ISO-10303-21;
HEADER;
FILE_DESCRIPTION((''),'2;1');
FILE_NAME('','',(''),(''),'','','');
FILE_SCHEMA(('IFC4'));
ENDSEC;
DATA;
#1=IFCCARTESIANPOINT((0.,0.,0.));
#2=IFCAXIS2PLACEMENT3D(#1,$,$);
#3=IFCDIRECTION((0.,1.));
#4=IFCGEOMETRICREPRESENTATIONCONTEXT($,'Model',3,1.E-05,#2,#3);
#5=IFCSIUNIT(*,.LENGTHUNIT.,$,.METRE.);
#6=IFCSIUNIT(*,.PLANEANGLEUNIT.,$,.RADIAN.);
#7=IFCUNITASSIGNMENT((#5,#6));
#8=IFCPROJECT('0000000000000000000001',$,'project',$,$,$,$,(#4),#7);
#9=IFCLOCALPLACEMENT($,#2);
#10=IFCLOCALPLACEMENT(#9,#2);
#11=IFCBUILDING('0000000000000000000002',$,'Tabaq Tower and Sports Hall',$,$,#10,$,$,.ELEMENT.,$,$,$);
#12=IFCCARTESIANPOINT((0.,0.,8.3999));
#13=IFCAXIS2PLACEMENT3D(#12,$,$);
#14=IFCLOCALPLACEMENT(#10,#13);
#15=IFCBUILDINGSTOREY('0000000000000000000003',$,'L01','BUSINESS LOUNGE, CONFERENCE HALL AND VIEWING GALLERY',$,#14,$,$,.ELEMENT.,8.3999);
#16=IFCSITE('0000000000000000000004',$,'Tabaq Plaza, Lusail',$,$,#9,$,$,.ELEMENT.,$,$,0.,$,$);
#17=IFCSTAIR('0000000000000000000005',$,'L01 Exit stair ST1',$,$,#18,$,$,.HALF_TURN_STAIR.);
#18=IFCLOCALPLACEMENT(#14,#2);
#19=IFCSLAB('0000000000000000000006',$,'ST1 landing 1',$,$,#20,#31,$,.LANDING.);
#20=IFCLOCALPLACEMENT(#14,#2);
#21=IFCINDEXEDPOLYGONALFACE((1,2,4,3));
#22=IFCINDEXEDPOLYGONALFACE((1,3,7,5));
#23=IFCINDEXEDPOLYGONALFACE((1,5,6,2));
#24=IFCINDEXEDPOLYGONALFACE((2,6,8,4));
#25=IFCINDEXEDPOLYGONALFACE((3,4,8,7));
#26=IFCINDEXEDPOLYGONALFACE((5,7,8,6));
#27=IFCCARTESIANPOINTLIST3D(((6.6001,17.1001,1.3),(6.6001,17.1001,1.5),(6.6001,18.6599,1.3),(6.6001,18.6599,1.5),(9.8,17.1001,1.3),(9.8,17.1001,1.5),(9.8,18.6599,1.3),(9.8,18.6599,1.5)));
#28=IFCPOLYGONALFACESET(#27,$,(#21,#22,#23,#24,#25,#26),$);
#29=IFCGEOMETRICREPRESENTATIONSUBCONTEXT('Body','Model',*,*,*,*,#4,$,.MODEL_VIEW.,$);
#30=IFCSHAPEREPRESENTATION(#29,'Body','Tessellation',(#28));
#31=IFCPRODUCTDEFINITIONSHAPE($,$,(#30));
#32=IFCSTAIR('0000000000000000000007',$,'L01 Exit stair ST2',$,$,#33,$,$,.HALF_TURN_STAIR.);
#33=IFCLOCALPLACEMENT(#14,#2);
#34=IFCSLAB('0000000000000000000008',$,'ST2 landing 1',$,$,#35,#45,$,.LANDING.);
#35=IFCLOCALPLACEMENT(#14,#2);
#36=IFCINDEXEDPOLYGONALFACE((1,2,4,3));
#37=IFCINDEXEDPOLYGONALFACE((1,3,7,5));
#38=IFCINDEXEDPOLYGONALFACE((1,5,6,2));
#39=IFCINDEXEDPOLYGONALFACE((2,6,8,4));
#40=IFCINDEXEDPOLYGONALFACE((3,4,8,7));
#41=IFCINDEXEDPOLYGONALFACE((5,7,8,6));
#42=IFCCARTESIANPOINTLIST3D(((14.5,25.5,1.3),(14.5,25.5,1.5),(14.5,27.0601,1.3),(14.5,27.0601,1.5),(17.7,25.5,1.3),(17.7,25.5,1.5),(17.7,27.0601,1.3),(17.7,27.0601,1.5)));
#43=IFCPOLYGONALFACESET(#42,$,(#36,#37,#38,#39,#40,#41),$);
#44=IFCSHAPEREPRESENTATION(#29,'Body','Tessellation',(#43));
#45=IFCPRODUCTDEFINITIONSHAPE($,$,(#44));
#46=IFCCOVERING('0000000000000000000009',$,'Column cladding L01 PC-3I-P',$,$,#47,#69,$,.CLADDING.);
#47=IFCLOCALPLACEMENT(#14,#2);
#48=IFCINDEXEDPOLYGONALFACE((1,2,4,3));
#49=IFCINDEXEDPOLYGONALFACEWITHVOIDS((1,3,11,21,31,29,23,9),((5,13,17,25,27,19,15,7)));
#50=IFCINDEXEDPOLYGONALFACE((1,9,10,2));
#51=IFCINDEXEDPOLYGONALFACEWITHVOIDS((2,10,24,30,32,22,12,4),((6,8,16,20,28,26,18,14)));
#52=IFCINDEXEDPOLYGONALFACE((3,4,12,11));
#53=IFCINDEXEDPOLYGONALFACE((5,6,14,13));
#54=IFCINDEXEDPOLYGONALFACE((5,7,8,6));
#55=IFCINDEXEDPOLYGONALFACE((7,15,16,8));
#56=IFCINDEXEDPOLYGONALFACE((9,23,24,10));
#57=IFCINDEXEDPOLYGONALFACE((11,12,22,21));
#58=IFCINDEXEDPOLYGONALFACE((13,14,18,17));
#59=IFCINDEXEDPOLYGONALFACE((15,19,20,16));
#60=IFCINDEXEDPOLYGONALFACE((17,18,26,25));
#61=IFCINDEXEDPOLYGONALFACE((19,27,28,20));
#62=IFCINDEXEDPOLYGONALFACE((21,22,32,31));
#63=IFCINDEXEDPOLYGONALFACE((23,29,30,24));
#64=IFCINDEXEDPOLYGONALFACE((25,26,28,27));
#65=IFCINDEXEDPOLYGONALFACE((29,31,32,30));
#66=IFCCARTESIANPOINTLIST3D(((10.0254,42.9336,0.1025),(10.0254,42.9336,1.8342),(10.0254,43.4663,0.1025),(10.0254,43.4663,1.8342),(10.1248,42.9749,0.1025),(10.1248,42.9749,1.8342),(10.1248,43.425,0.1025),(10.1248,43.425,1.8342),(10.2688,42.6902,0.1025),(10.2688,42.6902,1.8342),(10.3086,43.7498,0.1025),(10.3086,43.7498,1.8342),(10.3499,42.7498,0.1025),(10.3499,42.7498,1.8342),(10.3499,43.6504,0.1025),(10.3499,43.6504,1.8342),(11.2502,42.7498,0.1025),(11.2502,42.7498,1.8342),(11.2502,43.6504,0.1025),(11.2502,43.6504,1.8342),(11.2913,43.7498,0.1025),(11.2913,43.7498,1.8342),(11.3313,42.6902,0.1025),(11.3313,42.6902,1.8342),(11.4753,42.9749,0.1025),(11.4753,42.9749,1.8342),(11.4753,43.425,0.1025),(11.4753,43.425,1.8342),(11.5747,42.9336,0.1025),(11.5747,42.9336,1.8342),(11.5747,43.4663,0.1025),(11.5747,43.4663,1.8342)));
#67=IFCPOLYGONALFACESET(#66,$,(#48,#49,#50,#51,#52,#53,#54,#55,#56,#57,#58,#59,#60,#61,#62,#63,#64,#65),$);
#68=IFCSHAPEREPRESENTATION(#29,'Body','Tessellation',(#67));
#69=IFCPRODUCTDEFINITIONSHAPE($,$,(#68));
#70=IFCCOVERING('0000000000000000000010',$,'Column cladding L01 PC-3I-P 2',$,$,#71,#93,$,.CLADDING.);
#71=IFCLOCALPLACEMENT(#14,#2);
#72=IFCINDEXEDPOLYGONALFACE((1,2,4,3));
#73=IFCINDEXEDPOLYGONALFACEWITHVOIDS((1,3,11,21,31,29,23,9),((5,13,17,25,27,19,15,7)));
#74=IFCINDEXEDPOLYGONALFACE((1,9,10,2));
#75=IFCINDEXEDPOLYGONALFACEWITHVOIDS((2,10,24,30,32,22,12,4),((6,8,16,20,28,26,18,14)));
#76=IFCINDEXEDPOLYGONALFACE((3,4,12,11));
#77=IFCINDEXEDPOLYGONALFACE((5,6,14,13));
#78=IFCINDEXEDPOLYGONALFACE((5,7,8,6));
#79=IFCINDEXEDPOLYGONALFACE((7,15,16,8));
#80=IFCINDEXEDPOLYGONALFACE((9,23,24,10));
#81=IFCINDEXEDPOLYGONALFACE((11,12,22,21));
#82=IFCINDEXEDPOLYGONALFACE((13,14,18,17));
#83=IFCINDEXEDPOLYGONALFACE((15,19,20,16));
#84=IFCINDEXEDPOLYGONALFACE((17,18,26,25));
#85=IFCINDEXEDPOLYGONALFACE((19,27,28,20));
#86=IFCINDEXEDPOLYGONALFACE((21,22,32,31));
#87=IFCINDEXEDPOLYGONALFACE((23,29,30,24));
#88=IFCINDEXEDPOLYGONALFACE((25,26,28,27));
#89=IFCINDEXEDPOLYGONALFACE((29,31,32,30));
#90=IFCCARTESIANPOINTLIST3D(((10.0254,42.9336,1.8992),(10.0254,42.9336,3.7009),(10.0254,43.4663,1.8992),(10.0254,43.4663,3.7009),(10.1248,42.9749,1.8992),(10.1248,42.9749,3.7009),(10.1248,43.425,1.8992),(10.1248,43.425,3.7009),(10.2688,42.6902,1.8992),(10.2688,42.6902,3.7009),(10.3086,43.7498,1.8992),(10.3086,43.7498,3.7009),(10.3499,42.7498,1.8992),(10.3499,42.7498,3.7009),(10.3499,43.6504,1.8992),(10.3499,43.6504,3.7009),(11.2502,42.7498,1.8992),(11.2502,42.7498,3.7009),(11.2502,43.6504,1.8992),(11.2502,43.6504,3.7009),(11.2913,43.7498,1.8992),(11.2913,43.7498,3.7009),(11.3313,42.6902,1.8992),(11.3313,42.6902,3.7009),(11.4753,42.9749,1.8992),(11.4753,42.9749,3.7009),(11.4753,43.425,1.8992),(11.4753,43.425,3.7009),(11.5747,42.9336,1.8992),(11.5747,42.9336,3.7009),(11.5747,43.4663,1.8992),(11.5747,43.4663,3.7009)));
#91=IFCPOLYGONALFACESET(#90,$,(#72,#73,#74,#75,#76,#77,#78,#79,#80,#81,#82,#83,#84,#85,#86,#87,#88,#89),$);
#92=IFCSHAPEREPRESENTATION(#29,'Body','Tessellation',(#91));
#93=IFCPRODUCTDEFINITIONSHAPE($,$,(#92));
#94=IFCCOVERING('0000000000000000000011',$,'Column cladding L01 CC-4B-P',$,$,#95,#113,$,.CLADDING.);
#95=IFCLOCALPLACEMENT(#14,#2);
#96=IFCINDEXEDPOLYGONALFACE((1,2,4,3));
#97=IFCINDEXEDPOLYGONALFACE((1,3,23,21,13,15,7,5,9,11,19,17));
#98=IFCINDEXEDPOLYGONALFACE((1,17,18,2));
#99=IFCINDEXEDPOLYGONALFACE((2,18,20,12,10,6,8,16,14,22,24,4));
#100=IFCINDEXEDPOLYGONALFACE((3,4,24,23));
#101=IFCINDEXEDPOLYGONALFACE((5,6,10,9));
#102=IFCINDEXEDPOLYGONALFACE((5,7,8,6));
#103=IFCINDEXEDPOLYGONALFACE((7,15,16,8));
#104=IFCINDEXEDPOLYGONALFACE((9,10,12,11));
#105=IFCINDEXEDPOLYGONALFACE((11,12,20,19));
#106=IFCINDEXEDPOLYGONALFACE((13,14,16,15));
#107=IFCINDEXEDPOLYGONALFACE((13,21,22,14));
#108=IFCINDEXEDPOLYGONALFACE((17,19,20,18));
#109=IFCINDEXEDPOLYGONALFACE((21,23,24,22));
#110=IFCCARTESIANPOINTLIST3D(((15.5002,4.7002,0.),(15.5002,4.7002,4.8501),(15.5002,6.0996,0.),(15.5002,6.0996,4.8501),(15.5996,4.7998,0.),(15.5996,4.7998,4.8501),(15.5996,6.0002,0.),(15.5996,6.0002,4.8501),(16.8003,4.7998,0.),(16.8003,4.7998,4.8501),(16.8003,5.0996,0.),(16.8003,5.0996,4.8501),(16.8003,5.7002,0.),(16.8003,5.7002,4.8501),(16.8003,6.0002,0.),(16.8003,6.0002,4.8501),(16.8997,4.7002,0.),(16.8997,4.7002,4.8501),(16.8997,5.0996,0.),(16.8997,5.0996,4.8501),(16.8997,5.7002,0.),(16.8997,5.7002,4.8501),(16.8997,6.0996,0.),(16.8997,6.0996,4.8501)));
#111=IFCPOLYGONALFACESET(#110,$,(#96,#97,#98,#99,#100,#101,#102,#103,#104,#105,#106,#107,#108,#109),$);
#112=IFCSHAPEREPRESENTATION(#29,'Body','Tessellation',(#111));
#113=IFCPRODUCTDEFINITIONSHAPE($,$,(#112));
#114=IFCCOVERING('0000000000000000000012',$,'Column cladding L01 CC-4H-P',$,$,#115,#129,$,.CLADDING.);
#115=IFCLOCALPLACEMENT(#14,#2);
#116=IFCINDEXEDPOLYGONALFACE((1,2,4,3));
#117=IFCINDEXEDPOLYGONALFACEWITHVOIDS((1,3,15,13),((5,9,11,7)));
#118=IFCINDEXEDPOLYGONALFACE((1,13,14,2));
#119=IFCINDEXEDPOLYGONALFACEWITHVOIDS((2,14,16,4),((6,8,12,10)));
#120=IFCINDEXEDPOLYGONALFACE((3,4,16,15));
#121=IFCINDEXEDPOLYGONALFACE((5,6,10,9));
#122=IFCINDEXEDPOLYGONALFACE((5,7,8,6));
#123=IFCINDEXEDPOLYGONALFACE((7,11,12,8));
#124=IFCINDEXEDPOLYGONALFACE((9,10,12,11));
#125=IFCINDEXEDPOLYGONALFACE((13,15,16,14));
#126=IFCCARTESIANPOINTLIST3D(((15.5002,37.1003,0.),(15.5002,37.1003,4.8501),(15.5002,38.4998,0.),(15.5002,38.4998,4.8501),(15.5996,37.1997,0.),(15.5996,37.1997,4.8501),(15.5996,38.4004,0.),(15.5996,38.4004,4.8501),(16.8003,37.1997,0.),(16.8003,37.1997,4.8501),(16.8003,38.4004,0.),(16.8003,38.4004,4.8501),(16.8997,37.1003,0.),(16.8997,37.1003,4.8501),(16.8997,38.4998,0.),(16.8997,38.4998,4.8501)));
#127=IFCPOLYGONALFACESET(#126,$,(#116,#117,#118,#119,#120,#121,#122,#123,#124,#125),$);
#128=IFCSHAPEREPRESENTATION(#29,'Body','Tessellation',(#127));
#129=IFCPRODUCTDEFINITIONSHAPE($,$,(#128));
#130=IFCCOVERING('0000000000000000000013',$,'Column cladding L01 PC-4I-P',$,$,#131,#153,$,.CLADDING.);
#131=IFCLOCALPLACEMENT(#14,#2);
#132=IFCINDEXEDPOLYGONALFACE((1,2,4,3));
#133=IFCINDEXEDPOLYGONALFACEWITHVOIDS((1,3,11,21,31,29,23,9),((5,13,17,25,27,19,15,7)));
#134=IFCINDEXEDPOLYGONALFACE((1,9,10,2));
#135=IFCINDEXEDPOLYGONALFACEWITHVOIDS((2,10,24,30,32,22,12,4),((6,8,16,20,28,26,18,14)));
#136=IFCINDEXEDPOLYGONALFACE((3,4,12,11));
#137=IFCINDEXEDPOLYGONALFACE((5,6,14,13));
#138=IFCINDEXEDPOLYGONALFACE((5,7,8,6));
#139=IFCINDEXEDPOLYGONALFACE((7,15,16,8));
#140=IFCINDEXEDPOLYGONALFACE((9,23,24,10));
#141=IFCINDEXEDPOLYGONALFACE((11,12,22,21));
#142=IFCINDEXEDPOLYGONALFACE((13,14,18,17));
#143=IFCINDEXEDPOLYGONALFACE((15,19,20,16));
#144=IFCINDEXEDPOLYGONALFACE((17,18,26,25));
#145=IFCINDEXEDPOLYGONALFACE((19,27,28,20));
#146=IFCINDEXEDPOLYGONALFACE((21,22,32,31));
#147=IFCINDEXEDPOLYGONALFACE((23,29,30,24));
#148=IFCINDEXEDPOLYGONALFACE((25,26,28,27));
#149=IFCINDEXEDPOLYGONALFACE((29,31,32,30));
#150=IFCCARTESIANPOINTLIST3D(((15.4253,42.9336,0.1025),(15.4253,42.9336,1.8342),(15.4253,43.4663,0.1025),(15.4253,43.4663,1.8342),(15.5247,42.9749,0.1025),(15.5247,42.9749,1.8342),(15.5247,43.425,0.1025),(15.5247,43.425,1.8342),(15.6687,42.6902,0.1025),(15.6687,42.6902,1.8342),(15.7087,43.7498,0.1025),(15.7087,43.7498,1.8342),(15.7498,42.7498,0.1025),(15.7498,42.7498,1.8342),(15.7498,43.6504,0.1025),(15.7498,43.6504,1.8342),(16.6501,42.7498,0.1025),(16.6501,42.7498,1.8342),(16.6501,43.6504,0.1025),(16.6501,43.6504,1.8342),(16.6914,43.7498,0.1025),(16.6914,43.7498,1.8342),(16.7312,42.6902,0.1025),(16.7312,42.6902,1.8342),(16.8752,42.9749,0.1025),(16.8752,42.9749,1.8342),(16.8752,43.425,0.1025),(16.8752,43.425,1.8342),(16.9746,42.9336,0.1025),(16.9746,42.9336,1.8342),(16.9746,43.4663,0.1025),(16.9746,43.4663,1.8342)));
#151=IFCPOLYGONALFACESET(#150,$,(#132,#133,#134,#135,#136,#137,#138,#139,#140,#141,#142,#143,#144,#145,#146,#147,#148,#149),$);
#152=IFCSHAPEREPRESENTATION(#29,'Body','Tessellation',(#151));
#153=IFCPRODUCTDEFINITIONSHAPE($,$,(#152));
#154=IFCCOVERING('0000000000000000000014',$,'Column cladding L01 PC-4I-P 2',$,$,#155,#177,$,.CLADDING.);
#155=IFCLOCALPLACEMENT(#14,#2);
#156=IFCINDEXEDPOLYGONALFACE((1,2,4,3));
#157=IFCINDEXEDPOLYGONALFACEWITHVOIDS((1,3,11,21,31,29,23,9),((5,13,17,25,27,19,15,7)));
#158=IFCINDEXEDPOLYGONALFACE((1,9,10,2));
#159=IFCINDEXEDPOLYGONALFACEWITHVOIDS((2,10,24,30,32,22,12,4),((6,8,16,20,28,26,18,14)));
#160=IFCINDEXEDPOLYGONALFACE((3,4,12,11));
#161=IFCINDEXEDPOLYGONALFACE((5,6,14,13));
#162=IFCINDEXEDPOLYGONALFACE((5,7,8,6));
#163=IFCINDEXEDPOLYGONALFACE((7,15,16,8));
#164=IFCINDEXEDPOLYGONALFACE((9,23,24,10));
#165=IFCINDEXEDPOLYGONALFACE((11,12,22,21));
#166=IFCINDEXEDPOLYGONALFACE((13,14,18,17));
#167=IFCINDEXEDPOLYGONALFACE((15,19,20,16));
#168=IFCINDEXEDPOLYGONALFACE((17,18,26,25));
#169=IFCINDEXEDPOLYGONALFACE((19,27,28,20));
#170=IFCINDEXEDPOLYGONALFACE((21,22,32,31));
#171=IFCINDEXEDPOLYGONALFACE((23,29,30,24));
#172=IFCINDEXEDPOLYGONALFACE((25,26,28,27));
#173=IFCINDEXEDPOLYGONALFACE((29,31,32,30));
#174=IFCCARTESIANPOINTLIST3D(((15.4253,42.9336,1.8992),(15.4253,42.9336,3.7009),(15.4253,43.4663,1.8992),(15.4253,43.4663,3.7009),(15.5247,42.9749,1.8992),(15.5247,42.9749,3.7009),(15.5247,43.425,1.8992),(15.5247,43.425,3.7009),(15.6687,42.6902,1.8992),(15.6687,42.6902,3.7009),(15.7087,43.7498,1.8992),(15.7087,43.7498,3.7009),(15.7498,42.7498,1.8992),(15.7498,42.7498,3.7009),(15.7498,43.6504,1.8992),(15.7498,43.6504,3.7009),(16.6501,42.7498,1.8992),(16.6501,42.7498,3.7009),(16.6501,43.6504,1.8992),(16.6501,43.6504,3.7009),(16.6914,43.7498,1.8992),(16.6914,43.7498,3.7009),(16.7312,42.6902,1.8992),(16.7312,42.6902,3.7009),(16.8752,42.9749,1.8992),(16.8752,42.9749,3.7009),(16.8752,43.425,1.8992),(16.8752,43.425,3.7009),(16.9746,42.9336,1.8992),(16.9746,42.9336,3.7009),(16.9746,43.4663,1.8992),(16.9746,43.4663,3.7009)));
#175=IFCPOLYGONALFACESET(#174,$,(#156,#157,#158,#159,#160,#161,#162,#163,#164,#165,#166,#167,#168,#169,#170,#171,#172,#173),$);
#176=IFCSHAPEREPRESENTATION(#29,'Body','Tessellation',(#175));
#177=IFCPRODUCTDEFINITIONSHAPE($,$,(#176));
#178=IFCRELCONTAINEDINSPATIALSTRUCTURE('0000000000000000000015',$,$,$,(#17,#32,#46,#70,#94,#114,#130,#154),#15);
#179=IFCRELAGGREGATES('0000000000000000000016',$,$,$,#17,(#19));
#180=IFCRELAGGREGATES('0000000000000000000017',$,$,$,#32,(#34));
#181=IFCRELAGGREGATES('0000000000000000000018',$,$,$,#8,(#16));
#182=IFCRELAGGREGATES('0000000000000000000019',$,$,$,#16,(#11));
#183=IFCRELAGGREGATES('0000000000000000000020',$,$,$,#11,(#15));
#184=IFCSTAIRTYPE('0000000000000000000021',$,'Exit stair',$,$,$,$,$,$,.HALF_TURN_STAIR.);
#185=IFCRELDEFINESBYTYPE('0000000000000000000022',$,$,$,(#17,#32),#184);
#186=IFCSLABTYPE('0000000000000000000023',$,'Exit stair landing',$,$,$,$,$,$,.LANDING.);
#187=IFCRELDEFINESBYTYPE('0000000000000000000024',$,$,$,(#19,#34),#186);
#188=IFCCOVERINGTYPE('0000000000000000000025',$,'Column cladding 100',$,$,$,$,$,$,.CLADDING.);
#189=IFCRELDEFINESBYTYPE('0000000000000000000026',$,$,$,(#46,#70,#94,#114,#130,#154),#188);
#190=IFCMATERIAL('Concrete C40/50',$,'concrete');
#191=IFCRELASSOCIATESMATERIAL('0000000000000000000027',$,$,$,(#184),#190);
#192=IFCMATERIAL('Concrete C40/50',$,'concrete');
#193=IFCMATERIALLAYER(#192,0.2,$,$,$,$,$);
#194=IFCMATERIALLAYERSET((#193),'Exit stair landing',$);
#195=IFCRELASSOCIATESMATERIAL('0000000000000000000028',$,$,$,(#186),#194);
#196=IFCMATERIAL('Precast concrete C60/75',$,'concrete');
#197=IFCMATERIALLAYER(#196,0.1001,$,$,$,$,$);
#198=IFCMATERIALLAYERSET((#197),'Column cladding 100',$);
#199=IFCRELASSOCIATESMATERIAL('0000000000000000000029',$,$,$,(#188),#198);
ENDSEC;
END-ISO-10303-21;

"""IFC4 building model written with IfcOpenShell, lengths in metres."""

from ifc_helpers import new_model, si_unit, direction, frame, origin, place, context, subcontext, project, spatial, polyline, outline, extrude, material, layer, layer_set, type_object, element, aggregate, save


model = new_model("IFC4")

# Units and contexts
model_context = context("Model", 3, precision=1e-05, world=origin(), true_north=direction((0.0, 1.0)))
body_context = subcontext(model_context, "Body", "Model", "MODEL_VIEW")
ifc_project = project(units=[si_unit("LENGTHUNIT", "METRE"), si_unit("PLANEANGLEUNIT", "RADIAN")], contexts=[model_context])

# Site, building, storey
site_placement = place(None, origin())
site = spatial("IfcSite", under=ifc_project, at=site_placement, Name="Tabaq Plaza, Lusail", CompositionType="ELEMENT", RefElevation=0.0)
building_placement = place(site_placement, origin())
building = spatial("IfcBuilding", under=site, at=building_placement, Name="Tabaq Tower and Sports Hall", CompositionType="ELEMENT")
storey_placement = place(building_placement, frame((0.0, 0.0, 8.3999)))
storey = spatial("IfcBuildingStorey", under=building, at=storey_placement, Name="L01", Description="BUSINESS LOUNGE, CONFERENCE HALL AND VIEWING GALLERY", CompositionType="ELEMENT", Elevation=8.3999)

# Stairs, slabs
ifc_material_1 = material(Name="Concrete C40/50", Category="concrete")
stair_type = type_object("IfcStairType", Name="Exit stair", PredefinedType="HALF_TURN_STAIR", material=ifc_material_1)
stair_1_placement = place(storey_placement, origin())
stair_1 = element("IfcStair", 1, at=stair_1_placement, inside=storey, type_object=stair_type, Name="L01 Exit stair ST1", PredefinedType="HALF_TURN_STAIR")
ifc_material_2 = material(Name="Concrete C40/50", Category="concrete")
ifc_layer_1 = layer(ifc_material_2, 0.2)
ifc_layer_set_1 = layer_set([ifc_layer_1], Name="Exit stair landing")
slab_type = type_object("IfcSlabType", Name="Exit stair landing", PredefinedType="LANDING", material=ifc_layer_set_1)
slab_1_placement = place(storey_placement, frame((0.0, 0.0, 1.3)))
slab_1 = element("IfcSlab", 2, at=slab_1_placement, type_object=slab_type, Name="ST1 landing 1", PredefinedType="LANDING", context=body_context, shape_type="SweptSolid", body=[
    extrude(outline(polyline([(6.6001, 18.6599), (6.6001, 17.1001), (9.8, 17.1001), (9.8, 18.6599), (6.6001, 18.6599)])), origin(), (0.0, 0.0, 1.0), 0.2),
])
aggregate(stair_1, [slab_1])
stair_2_placement = place(storey_placement, origin())
stair_2 = element("IfcStair", 3, at=stair_2_placement, inside=storey, type_object=stair_type, Name="L01 Exit stair ST2", PredefinedType="HALF_TURN_STAIR")
slab_2_placement = place(storey_placement, frame((0.0, 0.0, 1.3)))
slab_2 = element("IfcSlab", 4, at=slab_2_placement, type_object=slab_type, Name="ST2 landing 1", PredefinedType="LANDING", context=body_context, shape_type="SweptSolid", body=[
    extrude(outline(polyline([(14.5, 27.0601), (14.5, 25.5), (17.7, 25.5), (17.7, 27.0601), (14.5, 27.0601)])), origin(), (0.0, 0.0, 1.0), 0.2),
])
aggregate(stair_2, [slab_2])

# Coverings
ifc_material_3 = material(Name="Precast concrete C60/75", Category="concrete")
ifc_layer_2 = layer(ifc_material_3, 0.1001)
ifc_layer_set_2 = layer_set([ifc_layer_2], Name="Column cladding 100")
covering_type = type_object("IfcCoveringType", Name="Column cladding 100", PredefinedType="CLADDING", material=ifc_layer_set_2)
covering_1_placement = place(storey_placement, frame((0.0, 0.0, 0.1025)))
element("IfcCovering", 5, at=covering_1_placement, inside=storey, type_object=covering_type, Name="Column cladding L01 PC-3I-P", PredefinedType="CLADDING", context=body_context, shape_type="SweptSolid", body=[
    extrude(outline(polyline([(10.0254, 43.4663), (10.3086, 43.7498), (11.2913, 43.7498), (11.5747, 43.4663), (11.5747, 42.9336), (11.3313, 42.6902), (10.2688, 42.6902), (10.0254, 42.9336), (10.0254, 43.4663)]), holes=[polyline([(11.4753, 42.9749), (11.4753, 43.425), (11.2502, 43.6504), (10.3499, 43.6504), (10.1248, 43.425), (10.1248, 42.9749), (10.3499, 42.7498), (11.2502, 42.7498), (11.4753, 42.9749)])]), origin(), (0.0, 0.0, 1.0), 1.7317),
])
covering_2_placement = place(storey_placement, frame((0.0, 0.0, 1.8992)))
element("IfcCovering", 6, at=covering_2_placement, inside=storey, type_object=covering_type, Name="Column cladding L01 PC-3I-P 2", PredefinedType="CLADDING", context=body_context, shape_type="SweptSolid", body=[
    extrude(outline(polyline([(10.0254, 43.4663), (10.3086, 43.7498), (11.2913, 43.7498), (11.5747, 43.4663), (11.5747, 42.9336), (11.3313, 42.6902), (10.2688, 42.6902), (10.0254, 42.9336), (10.0254, 43.4663)]), holes=[polyline([(11.4753, 42.9749), (11.4753, 43.425), (11.2502, 43.6504), (10.3499, 43.6504), (10.1248, 43.425), (10.1248, 42.9749), (10.3499, 42.7498), (11.2502, 42.7498), (11.4753, 42.9749)])]), origin(), (0.0, 0.0, 1.0), 1.8018),
])
covering_3_placement = place(storey_placement, origin())
element("IfcCovering", 7, at=covering_3_placement, inside=storey, type_object=covering_type, Name="Column cladding L01 CC-4B-P", PredefinedType="CLADDING", context=body_context, shape_type="SweptSolid", body=[
    extrude(outline(polyline([(16.8997, 6.0996), (16.8997, 5.7002), (16.8003, 5.7002), (16.8003, 6.0002), (15.5996, 6.0002), (15.5996, 4.7998), (16.8003, 4.7998), (16.8003, 5.0996), (16.8997, 5.0996), (16.8997, 4.7002), (15.5002, 4.7002), (15.5002, 6.0996), (16.8997, 6.0996)])), origin(), (0.0, 0.0, 1.0), 4.8501),
])
covering_4_placement = place(storey_placement, origin())
element("IfcCovering", 8, at=covering_4_placement, inside=storey, type_object=covering_type, Name="Column cladding L01 CC-4H-P", PredefinedType="CLADDING", context=body_context, shape_type="SweptSolid", body=[
    extrude(outline(polyline([(15.5002, 38.4998), (16.8997, 38.4998), (16.8997, 37.1003), (15.5002, 37.1003), (15.5002, 38.4998)]), holes=[polyline([(16.8003, 37.1997), (16.8003, 38.4004), (15.5996, 38.4004), (15.5996, 37.1997), (16.8003, 37.1997)])]), origin(), (0.0, 0.0, 1.0), 4.8501),
])
covering_5_placement = place(storey_placement, frame((0.0, 0.0, 0.1025)))
element("IfcCovering", 9, at=covering_5_placement, inside=storey, type_object=covering_type, Name="Column cladding L01 PC-4I-P", PredefinedType="CLADDING", context=body_context, shape_type="SweptSolid", body=[
    extrude(outline(polyline([(15.4253, 43.4663), (15.7087, 43.7498), (16.6914, 43.7498), (16.9746, 43.4663), (16.9746, 42.9336), (16.7312, 42.6902), (15.6687, 42.6902), (15.4253, 42.9336), (15.4253, 43.4663)]), holes=[polyline([(16.8752, 42.9749), (16.8752, 43.425), (16.6501, 43.6504), (15.7498, 43.6504), (15.5247, 43.425), (15.5247, 42.9749), (15.7498, 42.7498), (16.6501, 42.7498), (16.8752, 42.9749)])]), origin(), (0.0, 0.0, 1.0), 1.7317),
])
covering_6_placement = place(storey_placement, frame((0.0, 0.0, 1.8992)))
element("IfcCovering", 10, at=covering_6_placement, inside=storey, type_object=covering_type, Name="Column cladding L01 PC-4I-P 2", PredefinedType="CLADDING", context=body_context, shape_type="SweptSolid", body=[
    extrude(outline(polyline([(15.4253, 43.4663), (15.7087, 43.7498), (16.6914, 43.7498), (16.9746, 43.4663), (16.9746, 42.9336), (16.7312, 42.6902), (15.6687, 42.6902), (15.4253, 42.9336), (15.4253, 43.4663)]), holes=[polyline([(16.8752, 42.9749), (16.8752, 43.425), (16.6501, 43.6504), (15.7498, 43.6504), (15.5247, 43.425), (15.5247, 42.9749), (15.7498, 42.7498), (16.6501, 42.7498), (16.8752, 42.9749)])]), origin(), (0.0, 0.0, 1.0), 1.8018),
])

save(model, "model.ifc")
